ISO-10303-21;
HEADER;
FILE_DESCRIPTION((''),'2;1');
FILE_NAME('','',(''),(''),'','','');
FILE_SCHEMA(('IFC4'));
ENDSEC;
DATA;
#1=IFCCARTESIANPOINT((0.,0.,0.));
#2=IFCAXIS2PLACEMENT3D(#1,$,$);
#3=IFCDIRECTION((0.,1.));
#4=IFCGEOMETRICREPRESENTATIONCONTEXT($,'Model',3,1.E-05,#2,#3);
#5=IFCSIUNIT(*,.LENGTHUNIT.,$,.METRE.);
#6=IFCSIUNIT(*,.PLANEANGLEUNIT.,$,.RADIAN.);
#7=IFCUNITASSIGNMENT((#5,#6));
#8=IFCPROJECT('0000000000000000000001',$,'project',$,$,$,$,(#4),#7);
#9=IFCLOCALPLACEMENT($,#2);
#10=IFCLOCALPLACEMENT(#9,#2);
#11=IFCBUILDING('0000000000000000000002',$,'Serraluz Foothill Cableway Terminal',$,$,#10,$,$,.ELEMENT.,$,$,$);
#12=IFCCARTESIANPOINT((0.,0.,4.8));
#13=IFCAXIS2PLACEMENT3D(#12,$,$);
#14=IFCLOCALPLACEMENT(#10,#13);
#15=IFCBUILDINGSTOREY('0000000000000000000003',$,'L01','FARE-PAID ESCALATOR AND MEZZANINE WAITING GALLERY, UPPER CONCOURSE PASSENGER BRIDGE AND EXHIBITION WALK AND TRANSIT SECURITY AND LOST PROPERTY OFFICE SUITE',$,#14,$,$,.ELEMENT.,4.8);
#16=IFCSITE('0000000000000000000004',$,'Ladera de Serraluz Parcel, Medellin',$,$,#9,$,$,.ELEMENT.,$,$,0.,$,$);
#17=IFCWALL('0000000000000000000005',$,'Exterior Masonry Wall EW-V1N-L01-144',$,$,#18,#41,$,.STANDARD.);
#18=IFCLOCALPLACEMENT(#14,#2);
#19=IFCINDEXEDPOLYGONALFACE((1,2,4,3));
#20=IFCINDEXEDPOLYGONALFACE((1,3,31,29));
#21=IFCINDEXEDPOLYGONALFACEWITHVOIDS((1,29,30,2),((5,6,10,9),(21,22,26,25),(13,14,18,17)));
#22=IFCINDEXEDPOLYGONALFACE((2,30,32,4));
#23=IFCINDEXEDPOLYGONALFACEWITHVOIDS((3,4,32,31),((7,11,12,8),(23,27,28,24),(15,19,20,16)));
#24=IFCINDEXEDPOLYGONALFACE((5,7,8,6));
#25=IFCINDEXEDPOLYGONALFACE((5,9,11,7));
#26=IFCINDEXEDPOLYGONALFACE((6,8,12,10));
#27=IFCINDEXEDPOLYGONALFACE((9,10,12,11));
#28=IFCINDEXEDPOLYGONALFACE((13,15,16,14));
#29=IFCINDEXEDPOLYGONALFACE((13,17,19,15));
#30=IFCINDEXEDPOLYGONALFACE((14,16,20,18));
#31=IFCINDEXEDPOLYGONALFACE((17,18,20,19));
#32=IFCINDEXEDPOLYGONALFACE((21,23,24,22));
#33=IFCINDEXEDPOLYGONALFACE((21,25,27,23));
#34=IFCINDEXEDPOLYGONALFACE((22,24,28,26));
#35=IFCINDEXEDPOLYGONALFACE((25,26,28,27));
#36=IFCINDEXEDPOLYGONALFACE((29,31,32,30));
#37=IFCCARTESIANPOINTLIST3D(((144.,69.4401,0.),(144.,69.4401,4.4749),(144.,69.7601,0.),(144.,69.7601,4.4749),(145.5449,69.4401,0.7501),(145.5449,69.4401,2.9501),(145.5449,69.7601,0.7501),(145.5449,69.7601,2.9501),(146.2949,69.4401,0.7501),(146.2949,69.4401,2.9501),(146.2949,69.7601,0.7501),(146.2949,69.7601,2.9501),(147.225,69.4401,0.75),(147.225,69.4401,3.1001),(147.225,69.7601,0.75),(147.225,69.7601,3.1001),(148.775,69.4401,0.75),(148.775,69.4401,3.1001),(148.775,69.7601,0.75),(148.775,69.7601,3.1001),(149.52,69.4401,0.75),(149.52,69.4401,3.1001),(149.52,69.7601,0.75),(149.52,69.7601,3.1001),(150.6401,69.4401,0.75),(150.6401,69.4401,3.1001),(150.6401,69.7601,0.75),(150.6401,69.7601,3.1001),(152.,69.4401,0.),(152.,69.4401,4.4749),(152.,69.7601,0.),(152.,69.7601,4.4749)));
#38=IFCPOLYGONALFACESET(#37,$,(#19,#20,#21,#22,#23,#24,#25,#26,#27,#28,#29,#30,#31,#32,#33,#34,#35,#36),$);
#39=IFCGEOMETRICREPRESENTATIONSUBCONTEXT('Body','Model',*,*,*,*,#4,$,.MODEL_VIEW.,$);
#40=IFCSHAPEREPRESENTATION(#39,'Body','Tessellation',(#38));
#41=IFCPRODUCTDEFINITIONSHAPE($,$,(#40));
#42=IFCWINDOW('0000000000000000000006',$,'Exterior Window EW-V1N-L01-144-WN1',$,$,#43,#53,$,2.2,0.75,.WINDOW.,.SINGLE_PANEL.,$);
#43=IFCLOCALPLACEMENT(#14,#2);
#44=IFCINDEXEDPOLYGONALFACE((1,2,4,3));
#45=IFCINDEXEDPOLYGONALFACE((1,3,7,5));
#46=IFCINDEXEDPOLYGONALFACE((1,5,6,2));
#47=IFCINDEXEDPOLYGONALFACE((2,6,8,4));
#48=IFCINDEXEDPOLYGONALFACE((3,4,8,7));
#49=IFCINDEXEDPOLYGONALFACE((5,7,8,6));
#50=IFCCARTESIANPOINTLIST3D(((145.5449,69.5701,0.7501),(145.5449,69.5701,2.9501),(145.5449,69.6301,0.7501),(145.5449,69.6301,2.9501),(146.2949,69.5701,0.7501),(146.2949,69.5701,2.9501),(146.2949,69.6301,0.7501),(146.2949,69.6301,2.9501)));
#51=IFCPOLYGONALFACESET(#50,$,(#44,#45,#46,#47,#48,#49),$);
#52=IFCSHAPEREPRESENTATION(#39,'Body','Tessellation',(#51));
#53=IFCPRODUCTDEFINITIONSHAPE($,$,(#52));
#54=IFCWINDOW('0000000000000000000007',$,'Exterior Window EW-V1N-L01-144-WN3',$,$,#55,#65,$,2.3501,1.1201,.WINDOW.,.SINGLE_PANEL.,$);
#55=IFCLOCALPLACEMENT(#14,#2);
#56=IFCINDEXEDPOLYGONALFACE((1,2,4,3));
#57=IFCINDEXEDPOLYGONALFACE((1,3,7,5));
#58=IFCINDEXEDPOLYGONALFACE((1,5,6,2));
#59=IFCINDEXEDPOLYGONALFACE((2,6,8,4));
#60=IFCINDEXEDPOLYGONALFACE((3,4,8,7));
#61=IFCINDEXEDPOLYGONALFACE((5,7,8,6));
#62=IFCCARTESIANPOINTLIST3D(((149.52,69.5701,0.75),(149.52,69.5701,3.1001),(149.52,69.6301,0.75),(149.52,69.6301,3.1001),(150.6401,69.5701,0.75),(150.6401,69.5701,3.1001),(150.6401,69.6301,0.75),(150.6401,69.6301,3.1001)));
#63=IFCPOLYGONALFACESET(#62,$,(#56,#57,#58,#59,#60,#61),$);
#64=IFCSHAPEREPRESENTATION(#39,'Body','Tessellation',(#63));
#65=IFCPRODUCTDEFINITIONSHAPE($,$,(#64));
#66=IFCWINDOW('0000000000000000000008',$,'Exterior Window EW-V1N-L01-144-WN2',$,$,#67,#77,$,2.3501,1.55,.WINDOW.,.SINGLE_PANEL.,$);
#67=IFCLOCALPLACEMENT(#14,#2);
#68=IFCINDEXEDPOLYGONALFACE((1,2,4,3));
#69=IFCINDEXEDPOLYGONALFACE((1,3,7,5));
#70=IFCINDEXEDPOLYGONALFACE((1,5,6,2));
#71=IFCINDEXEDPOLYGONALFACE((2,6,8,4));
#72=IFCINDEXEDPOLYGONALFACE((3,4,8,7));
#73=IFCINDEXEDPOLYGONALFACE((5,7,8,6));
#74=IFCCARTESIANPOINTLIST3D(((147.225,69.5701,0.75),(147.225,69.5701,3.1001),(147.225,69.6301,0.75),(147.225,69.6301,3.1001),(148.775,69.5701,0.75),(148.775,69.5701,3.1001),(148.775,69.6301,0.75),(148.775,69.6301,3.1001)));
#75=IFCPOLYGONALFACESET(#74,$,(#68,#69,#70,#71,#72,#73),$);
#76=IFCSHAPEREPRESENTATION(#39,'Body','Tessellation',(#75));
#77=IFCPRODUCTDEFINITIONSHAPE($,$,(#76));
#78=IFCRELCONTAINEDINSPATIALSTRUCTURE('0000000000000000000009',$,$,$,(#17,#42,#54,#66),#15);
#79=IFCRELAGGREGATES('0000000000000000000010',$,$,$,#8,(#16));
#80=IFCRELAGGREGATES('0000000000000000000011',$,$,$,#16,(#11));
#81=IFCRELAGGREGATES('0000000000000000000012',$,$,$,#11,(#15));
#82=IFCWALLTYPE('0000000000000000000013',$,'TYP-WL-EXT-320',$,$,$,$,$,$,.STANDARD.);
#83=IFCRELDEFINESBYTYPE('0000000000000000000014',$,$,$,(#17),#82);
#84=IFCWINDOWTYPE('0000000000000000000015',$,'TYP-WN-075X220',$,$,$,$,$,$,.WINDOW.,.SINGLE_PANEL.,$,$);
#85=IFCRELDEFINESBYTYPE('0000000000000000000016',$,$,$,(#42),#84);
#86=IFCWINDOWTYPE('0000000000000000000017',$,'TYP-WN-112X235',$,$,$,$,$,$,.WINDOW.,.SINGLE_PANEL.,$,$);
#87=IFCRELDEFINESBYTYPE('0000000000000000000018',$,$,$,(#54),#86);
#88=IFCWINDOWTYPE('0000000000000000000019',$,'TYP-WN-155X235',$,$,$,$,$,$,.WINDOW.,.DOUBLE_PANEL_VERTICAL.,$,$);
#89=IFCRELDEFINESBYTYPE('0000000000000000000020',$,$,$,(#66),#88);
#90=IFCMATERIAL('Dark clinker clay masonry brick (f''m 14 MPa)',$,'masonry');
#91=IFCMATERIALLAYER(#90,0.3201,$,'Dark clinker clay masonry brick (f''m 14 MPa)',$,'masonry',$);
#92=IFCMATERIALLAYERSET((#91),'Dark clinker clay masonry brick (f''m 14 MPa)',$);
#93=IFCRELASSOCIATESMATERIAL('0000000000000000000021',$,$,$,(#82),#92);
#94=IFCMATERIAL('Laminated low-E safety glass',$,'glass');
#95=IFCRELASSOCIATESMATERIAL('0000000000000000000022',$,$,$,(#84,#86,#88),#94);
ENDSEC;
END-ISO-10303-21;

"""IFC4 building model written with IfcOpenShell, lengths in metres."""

from ifc_helpers import new_model, si_unit, direction, frame, frame_2d, origin, place, context, subcontext, project, spatial, rectangle, extrude, material, layer, layer_set, type_object, element, fill, save


model = new_model("IFC4")

# Units and contexts
model_context = context("Model", 3, precision=1e-05, world=origin(), true_north=direction((0.0, 1.0)))
body_context = subcontext(model_context, "Body", "Model", "MODEL_VIEW")
ifc_project = project(units=[si_unit("LENGTHUNIT", "METRE"), si_unit("PLANEANGLEUNIT", "RADIAN")], contexts=[model_context])

# Site, building, storey
site_placement = place(None, origin())
site = spatial("IfcSite", under=ifc_project, at=site_placement, Name="Ladera de Serraluz Parcel, Medellin", CompositionType="ELEMENT", RefElevation=0.0)
building_placement = place(site_placement, origin())
building = spatial("IfcBuilding", under=site, at=building_placement, Name="Serraluz Foothill Cableway Terminal", CompositionType="ELEMENT")
storey_placement = place(building_placement, frame((0.0, 0.0, 4.8)))
storey = spatial("IfcBuildingStorey", under=building, at=storey_placement, Name="L01", Description="FARE-PAID ESCALATOR AND MEZZANINE WAITING GALLERY, UPPER CONCOURSE PASSENGER BRIDGE AND EXHIBITION WALK AND TRANSIT SECURITY AND LOST PROPERTY OFFICE SUITE", CompositionType="ELEMENT", Elevation=4.8)

# Shared definitions
ifc_material_1 = material(Name="Dark clinker clay masonry brick (f'm 14 MPa)", Category="masonry")

# Wall, openings, windows
ifc_layer = layer(ifc_material_1, 0.3201, Name="Dark clinker clay masonry brick (f'm 14 MPa)", Category="masonry")
ifc_layer_set = layer_set([ifc_layer], Name="Dark clinker clay masonry brick (f'm 14 MPa)")
wall_type = type_object("IfcWallType", Name="TYP-WL-EXT-320", PredefinedType="STANDARD", material=ifc_layer_set)
ifc_material_2 = material(Name="Laminated low-E safety glass", Category="glass")
wall_1_placement = place(storey_placement, frame((144.0, 69.6001, 0.0), z_axis=(0.0, 0.0, 1.0), x_axis=(1.0, 0.0, 0.0)))
wall_1 = element("IfcWall", 1, at=wall_1_placement, inside=storey, type_object=wall_type, Name="Exterior Masonry Wall EW-V1N-L01-144", PredefinedType="STANDARD", context=body_context, shape_type="SweptSolid", body=[
    extrude(rectangle(XDim=8.0, YDim=0.3201, at=frame_2d((4.0, 0.0))), origin(), (0.0, 0.0, 1.0), 4.4749),
])
opening_1_placement = place(wall_1_placement, frame((1.5449, 0.0, 0.75)))
opening_1 = element("IfcOpeningElement", 2, at=opening_1_placement, cuts=wall_1, PredefinedType="OPENING", context=body_context, shape_type="SweptSolid", body=[
    extrude(rectangle(XDim=0.75, YDim=2.2, at=frame_2d((0.375, 1.1001))), frame((0.0, 0.1699, 0.0), z_axis=(0.0, -1.0, 0.0), x_axis=(1.0, 0.0, 0.0)), (0.0, 0.0, 1.0), 0.3401),
])
opening_2_placement = place(wall_1_placement, frame((3.2251, 0.0, 0.75)))
opening_2 = element("IfcOpeningElement", 3, at=opening_2_placement, cuts=wall_1, PredefinedType="OPENING", context=body_context, shape_type="SweptSolid", body=[
    extrude(rectangle(XDim=1.55, YDim=2.3501, at=frame_2d((0.7749, 1.175))), frame((0.0, 0.1699, 0.0), z_axis=(0.0, -1.0, 0.0), x_axis=(1.0, 0.0, 0.0)), (0.0, 0.0, 1.0), 0.3401),
])
opening_3_placement = place(wall_1_placement, frame((5.52, 0.0, 0.75)))
opening_3 = element("IfcOpeningElement", 4, at=opening_3_placement, cuts=wall_1, PredefinedType="OPENING", context=body_context, shape_type="SweptSolid", body=[
    extrude(rectangle(XDim=1.1201, YDim=2.3501, at=frame_2d((0.5601, 1.175))), frame((0.0, 0.1699, 0.0), z_axis=(0.0, -1.0, 0.0), x_axis=(1.0, 0.0, 0.0)), (0.0, 0.0, 1.0), 0.3401),
])
window_type_1 = type_object("IfcWindowType", Name="TYP-WN-075X220", PartitioningType="SINGLE_PANEL", PredefinedType="WINDOW", material=ifc_material_2)
window_1_placement = place(opening_1_placement, origin())
window_1 = element("IfcWindow", 5, at=window_1_placement, inside=storey, type_object=window_type_1, Name="Exterior Window EW-V1N-L01-144-WN1", OverallHeight=2.2, OverallWidth=0.75, PartitioningType="SINGLE_PANEL", PredefinedType="WINDOW", context=body_context, shape_type="SweptSolid", body=[
    extrude(rectangle(XDim=0.75, YDim=2.2, at=frame_2d((0.375, 1.1001))), frame((0.0, 0.03, 0.0), z_axis=(0.0, -1.0, 0.0), x_axis=(1.0, 0.0, 0.0)), (0.0, 0.0, 1.0), 0.0601),
])
fill(opening_1, window_1)
window_type_2 = type_object("IfcWindowType", Name="TYP-WN-112X235", PartitioningType="SINGLE_PANEL", PredefinedType="WINDOW", material=ifc_material_2)
window_2_placement = place(opening_3_placement, origin())
window_2 = element("IfcWindow", 6, at=window_2_placement, inside=storey, type_object=window_type_2, Name="Exterior Window EW-V1N-L01-144-WN3", OverallHeight=2.3501, OverallWidth=1.1201, PartitioningType="SINGLE_PANEL", PredefinedType="WINDOW", context=body_context, shape_type="SweptSolid", body=[
    extrude(rectangle(XDim=1.1201, YDim=2.3501, at=frame_2d((0.5601, 1.175))), frame((0.0, 0.03, 0.0), z_axis=(0.0, -1.0, 0.0), x_axis=(1.0, 0.0, 0.0)), (0.0, 0.0, 1.0), 0.0601),
])
fill(opening_3, window_2)
window_type_3 = type_object("IfcWindowType", Name="TYP-WN-155X235", PartitioningType="DOUBLE_PANEL_VERTICAL", PredefinedType="WINDOW", material=ifc_material_2)
window_3_placement = place(opening_2_placement, origin())
window_3 = element("IfcWindow", 7, at=window_3_placement, inside=storey, type_object=window_type_3, Name="Exterior Window EW-V1N-L01-144-WN2", OverallHeight=2.3501, OverallWidth=1.55, PartitioningType="SINGLE_PANEL", PredefinedType="WINDOW", context=body_context, shape_type="SweptSolid", body=[
    extrude(rectangle(XDim=1.55, YDim=2.3501, at=frame_2d((0.7749, 1.175))), frame((0.0, 0.03, 0.0), z_axis=(0.0, -1.0, 0.0), x_axis=(1.0, 0.0, 0.0)), (0.0, 0.0, 1.0), 0.0601),
])
fill(opening_2, window_3)

save(model, "model.ifc")
